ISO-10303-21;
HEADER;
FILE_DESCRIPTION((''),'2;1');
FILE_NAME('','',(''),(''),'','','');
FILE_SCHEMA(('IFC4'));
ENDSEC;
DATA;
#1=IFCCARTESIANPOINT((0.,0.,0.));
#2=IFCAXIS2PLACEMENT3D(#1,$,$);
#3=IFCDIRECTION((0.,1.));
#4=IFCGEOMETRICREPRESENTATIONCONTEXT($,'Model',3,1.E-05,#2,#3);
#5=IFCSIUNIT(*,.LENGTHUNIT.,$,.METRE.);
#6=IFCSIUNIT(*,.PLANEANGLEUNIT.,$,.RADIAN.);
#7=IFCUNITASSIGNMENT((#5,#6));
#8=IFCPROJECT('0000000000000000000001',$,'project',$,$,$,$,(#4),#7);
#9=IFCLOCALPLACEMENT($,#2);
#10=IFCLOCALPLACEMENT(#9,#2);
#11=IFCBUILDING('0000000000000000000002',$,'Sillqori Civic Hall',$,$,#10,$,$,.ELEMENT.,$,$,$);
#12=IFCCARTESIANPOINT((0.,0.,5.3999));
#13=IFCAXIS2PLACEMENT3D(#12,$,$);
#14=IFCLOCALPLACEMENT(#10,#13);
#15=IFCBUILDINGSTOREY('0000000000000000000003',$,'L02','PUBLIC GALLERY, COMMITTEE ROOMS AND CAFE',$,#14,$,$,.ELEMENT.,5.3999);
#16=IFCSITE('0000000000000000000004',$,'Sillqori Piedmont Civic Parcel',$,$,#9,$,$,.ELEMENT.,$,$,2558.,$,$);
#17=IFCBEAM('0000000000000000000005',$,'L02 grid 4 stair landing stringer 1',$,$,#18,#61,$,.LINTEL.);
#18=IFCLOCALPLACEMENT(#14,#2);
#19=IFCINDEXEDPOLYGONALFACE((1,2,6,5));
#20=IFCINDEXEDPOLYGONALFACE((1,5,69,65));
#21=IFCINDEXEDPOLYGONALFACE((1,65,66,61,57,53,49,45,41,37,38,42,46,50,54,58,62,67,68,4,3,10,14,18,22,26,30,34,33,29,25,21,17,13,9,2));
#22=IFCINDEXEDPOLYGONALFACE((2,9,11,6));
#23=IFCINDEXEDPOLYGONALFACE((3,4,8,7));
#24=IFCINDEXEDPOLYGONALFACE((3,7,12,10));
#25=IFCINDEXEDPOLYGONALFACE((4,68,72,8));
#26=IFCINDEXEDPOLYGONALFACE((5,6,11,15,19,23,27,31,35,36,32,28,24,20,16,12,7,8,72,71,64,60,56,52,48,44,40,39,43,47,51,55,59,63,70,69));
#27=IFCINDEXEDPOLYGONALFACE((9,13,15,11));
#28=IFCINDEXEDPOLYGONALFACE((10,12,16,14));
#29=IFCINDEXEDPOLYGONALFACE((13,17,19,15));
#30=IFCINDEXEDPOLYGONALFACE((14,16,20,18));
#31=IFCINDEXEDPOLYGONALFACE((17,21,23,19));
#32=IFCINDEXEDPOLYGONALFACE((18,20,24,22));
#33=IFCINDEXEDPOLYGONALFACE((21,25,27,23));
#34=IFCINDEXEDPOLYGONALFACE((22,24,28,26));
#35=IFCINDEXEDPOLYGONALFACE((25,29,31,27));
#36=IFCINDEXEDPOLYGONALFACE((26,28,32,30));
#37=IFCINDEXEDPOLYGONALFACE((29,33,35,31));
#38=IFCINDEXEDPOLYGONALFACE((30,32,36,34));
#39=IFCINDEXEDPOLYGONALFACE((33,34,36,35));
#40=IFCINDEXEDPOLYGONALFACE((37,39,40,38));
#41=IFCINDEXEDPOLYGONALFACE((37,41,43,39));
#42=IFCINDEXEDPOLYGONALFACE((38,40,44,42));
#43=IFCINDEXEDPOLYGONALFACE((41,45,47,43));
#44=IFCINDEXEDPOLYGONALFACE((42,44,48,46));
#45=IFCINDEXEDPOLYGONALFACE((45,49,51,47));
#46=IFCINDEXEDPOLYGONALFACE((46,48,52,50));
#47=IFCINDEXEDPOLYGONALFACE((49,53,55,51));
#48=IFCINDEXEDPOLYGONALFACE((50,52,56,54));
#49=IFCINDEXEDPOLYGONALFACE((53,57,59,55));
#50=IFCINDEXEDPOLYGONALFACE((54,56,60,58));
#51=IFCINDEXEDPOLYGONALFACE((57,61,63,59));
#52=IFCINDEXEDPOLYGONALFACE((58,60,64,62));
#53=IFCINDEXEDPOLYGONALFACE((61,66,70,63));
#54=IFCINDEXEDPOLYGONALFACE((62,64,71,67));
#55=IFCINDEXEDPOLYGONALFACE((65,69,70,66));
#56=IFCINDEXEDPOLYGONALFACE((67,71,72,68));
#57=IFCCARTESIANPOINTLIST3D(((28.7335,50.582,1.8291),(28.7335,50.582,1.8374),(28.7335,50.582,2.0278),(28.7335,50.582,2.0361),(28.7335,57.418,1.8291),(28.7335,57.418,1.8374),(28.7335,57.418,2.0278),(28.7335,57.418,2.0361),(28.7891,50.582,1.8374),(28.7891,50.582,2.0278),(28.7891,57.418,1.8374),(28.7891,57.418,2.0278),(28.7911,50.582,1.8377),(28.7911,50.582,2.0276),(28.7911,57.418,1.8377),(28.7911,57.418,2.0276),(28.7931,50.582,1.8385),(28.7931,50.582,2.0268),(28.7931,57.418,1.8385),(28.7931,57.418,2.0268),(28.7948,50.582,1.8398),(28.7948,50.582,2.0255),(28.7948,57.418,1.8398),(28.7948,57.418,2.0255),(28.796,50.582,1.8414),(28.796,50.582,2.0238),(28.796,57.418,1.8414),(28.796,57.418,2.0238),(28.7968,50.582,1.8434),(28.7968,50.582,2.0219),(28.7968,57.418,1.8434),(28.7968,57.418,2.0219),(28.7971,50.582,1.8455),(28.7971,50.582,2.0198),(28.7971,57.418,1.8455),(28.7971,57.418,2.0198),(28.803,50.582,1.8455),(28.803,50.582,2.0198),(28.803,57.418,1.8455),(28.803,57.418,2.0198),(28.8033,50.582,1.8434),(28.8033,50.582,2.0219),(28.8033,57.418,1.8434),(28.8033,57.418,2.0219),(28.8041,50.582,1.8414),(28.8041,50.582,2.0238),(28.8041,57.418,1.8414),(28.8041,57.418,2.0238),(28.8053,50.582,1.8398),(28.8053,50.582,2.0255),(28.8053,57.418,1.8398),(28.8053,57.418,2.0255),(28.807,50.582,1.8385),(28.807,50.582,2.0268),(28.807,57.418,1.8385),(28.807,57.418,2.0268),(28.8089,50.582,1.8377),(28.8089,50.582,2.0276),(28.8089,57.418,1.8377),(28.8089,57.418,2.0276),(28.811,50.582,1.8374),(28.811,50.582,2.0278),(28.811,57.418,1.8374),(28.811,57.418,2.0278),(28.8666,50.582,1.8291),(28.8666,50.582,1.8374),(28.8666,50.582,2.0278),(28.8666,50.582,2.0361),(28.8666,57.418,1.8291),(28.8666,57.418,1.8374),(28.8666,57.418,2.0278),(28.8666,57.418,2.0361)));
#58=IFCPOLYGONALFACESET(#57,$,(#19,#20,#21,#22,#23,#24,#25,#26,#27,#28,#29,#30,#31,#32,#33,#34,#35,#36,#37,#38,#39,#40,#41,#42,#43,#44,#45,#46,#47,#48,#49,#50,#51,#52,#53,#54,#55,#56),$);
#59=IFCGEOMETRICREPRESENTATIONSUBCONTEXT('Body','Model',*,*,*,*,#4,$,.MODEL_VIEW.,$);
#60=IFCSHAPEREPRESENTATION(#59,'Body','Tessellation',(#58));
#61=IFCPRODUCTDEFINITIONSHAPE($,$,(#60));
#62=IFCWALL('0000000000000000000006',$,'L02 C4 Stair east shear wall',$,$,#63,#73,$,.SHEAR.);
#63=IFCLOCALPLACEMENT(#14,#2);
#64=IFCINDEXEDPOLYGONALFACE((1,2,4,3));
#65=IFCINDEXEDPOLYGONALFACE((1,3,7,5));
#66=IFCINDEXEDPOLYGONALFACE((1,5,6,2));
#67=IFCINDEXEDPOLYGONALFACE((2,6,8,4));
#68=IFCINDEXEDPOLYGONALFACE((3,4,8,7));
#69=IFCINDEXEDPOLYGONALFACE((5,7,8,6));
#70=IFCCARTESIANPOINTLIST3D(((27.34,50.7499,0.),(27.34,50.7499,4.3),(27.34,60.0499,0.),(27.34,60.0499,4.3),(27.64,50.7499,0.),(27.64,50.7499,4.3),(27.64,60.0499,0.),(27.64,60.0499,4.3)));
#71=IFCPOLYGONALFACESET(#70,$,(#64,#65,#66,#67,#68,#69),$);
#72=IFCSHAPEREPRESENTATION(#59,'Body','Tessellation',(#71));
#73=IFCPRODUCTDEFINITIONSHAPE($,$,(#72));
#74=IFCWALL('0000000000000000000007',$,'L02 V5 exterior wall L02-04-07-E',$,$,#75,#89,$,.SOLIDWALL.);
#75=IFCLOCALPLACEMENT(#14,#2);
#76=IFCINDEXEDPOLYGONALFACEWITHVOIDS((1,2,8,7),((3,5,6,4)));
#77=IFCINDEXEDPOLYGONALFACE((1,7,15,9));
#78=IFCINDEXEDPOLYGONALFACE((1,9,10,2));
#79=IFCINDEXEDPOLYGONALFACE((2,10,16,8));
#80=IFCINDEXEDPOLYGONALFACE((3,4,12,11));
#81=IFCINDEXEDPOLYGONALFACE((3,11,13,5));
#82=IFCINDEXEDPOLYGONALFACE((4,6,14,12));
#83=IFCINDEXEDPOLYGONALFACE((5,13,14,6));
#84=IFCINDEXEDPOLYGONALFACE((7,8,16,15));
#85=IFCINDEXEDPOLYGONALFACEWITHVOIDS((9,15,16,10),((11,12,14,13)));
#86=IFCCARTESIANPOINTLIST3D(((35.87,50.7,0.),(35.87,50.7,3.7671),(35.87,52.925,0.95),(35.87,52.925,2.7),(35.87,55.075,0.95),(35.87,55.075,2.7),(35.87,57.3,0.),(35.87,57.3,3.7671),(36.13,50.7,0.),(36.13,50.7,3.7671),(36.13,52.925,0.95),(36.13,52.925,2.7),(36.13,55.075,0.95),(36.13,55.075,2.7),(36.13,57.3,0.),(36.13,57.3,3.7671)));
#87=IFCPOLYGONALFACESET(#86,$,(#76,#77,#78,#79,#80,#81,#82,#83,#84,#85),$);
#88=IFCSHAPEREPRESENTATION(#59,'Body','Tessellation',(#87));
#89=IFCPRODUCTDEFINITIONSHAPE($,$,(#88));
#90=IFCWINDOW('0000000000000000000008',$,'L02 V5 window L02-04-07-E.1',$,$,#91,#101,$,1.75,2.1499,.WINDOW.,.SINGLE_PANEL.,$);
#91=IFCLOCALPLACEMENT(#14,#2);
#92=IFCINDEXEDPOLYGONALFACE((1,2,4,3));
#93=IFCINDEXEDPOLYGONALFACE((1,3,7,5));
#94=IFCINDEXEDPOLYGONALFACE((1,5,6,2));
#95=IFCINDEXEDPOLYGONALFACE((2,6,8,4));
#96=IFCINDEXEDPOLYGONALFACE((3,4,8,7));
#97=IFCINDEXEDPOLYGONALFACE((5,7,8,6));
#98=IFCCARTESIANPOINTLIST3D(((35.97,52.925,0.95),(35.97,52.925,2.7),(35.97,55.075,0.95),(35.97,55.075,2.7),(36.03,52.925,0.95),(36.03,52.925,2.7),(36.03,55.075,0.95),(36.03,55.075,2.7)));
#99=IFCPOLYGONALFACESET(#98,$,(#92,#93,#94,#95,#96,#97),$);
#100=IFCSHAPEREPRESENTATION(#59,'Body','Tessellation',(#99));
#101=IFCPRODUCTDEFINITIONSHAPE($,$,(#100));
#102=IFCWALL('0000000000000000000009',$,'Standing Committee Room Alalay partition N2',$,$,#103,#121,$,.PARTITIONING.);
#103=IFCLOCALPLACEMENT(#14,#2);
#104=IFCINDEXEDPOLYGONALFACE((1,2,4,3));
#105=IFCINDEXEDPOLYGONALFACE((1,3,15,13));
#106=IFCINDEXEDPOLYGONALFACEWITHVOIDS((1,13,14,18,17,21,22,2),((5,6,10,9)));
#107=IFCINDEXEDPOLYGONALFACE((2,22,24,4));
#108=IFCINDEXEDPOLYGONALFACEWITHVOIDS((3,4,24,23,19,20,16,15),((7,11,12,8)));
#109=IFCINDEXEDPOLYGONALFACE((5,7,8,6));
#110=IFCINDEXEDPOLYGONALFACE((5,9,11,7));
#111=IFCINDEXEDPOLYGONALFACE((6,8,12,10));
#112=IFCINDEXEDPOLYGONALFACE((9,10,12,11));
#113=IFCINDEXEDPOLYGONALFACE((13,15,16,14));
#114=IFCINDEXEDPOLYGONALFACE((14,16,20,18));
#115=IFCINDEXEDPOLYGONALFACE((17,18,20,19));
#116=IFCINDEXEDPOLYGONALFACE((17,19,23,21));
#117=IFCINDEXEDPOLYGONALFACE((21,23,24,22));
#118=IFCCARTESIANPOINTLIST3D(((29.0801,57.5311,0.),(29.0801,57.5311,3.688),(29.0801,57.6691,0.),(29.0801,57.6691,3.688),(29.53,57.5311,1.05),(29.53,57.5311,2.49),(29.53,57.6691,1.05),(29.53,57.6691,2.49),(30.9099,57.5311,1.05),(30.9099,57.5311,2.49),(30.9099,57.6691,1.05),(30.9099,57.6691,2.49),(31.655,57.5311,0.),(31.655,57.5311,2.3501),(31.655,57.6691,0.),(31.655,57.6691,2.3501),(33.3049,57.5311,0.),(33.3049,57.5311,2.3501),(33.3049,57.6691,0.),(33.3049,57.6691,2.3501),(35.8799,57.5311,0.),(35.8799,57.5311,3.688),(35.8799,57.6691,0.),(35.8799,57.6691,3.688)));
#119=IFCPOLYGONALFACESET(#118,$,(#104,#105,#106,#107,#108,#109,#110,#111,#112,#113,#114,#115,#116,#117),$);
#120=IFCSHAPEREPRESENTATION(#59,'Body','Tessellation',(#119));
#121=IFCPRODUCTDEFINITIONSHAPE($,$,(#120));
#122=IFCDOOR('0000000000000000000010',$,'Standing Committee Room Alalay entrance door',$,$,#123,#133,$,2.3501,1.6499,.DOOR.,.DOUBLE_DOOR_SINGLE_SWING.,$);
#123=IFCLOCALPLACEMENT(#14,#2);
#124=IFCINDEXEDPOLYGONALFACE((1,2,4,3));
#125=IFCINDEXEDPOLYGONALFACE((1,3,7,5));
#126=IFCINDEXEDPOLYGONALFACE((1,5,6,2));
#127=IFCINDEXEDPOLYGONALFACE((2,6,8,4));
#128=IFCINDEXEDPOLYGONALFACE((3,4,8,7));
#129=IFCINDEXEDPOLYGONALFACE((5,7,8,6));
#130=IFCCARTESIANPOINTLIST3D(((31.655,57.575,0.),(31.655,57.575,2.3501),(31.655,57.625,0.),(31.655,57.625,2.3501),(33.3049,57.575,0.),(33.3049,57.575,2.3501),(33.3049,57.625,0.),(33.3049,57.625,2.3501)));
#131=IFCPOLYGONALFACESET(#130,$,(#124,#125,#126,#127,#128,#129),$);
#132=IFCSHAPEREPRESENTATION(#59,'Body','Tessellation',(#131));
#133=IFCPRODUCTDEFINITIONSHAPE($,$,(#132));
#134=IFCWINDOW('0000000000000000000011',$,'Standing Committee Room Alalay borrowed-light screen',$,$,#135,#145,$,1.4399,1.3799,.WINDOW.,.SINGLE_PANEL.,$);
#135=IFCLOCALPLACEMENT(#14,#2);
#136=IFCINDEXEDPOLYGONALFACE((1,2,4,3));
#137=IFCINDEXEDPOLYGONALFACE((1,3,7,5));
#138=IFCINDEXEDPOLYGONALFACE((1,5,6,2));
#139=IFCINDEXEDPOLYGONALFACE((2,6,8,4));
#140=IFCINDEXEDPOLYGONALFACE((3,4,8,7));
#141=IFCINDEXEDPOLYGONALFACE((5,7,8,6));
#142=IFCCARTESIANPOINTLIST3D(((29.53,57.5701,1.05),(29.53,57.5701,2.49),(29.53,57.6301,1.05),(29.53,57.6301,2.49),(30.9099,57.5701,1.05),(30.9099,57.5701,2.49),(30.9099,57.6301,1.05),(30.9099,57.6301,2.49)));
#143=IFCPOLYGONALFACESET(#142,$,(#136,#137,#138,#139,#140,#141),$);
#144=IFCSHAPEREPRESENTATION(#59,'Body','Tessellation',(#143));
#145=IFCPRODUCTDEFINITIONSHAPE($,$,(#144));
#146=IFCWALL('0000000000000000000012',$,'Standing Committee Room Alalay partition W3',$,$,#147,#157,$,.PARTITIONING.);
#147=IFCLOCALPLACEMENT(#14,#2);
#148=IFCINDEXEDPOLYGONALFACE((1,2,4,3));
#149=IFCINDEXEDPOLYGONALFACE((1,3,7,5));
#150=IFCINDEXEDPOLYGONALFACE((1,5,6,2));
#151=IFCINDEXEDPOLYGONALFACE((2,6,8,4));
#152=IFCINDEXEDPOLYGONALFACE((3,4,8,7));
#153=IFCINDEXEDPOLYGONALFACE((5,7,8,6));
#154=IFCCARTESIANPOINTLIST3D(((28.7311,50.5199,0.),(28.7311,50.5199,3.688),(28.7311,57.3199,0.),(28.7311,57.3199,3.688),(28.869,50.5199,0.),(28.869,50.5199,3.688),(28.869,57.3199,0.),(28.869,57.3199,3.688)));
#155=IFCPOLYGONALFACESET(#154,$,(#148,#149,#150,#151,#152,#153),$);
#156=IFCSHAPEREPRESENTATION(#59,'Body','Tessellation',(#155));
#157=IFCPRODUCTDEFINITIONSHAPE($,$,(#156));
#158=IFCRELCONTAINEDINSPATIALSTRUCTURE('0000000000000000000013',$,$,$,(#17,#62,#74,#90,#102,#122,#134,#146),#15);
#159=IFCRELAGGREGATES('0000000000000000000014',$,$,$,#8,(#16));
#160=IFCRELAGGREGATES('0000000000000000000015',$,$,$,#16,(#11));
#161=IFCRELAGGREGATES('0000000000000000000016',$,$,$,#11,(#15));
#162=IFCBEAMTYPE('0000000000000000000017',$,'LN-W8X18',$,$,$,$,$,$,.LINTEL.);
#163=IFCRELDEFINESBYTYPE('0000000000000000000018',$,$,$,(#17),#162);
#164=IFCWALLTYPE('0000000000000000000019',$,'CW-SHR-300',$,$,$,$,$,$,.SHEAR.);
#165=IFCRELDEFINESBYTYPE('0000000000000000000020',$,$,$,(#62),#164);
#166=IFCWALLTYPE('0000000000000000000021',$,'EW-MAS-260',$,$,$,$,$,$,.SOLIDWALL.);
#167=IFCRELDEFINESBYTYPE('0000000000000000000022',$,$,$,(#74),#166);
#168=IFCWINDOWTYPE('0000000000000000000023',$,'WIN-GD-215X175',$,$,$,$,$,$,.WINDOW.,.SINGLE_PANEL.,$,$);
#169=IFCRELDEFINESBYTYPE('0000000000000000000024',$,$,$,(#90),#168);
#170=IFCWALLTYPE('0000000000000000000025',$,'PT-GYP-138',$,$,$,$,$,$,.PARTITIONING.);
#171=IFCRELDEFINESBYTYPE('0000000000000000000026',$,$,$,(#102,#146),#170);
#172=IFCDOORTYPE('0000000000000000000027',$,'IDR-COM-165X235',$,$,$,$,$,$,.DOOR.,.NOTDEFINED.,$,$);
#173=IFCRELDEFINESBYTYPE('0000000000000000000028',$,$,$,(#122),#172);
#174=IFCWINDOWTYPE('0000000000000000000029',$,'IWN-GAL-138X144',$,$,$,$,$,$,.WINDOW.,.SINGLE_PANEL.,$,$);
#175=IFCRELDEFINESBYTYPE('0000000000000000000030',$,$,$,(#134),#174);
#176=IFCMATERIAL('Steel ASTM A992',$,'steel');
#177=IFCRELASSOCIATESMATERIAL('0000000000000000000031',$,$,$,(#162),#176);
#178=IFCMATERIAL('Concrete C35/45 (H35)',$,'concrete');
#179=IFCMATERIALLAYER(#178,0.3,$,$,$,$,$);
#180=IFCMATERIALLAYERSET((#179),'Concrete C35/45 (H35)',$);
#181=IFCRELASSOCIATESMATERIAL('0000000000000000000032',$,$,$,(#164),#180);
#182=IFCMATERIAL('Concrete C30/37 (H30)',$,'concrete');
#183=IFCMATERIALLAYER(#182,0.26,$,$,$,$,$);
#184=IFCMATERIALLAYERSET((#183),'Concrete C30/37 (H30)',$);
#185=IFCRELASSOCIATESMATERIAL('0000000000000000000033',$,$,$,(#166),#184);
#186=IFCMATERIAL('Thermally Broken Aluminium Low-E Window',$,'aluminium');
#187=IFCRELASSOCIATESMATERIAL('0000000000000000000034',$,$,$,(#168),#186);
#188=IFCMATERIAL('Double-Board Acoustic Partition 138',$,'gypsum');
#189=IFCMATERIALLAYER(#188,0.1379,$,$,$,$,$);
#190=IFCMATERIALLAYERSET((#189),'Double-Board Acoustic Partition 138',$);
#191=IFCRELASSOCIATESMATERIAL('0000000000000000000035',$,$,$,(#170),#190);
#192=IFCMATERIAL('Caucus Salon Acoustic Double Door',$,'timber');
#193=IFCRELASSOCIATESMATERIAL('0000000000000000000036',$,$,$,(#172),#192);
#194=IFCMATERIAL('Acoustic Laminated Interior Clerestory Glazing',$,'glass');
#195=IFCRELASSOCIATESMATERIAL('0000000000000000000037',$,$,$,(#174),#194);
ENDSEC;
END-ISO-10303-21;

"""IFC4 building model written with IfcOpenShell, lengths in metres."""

from ifc_helpers import new_model, si_unit, direction, frame, frame_2d, origin, origin_2d, place, context, subcontext, project, spatial, rectangle, i_section, extrude, material, layer, layer_set, material_profile, profile_set, type_object, element, fill, save


model = new_model("IFC4")

# Units and contexts
model_context = context("Model", 3, precision=1e-05, world=origin(), true_north=direction((0.0, 1.0)))
body_context = subcontext(model_context, "Body", "Model", "MODEL_VIEW")
ifc_project = project(units=[si_unit("LENGTHUNIT", "METRE"), si_unit("PLANEANGLEUNIT", "RADIAN")], contexts=[model_context])

# Site, building, storey
site_placement = place(None, origin())
site = spatial("IfcSite", under=ifc_project, at=site_placement, Name="Sillqori Piedmont Civic Parcel", CompositionType="ELEMENT", RefElevation=2558.0)
building_placement = place(site_placement, origin())
building = spatial("IfcBuilding", under=site, at=building_placement, Name="Sillqori Civic Hall", CompositionType="ELEMENT")
storey_placement = place(building_placement, frame((0.0, 0.0, 5.3999)))
storey = spatial("IfcBuildingStorey", under=building, at=storey_placement, Name="L02", Description="PUBLIC GALLERY, COMMITTEE ROOMS AND CAFE", CompositionType="ELEMENT", Elevation=5.3999)

# Shared definitions
ifc_material_1 = material(Name="Concrete C35/45 (H35)", Category="concrete")
ifc_material_2 = material(Name="Steel ASTM A992", Category="steel")

# Beam
ifc_material_profile_1 = material_profile(ifc_material_2, i_section(OverallWidth=0.1331, OverallDepth=0.207, WebThickness=0.0059, FlangeThickness=0.0083, FilletRadius=0.0081, at=origin_2d()), Name="W8X18")
ifc_profile_set_1 = profile_set([ifc_material_profile_1], Name="Steel ASTM A992")
beam_type_1 = type_object("IfcBeamType", Name="LN-W8X18", PredefinedType="LINTEL", material=ifc_profile_set_1)
beam_1_placement = place(storey_placement, frame((28.8, 50.582, 1.9326), z_axis=(0.0, 1.0, 0.0), x_axis=(-1.0, 0.0, 0.0)))
element("IfcBeam", 1, at=beam_1_placement, inside=storey, type_object=beam_type_1, Name="L02 grid 4 stair landing stringer 1", PredefinedType="LINTEL", context=body_context, shape_type="SweptSolid", body=[
    extrude(i_section(OverallWidth=0.1331, OverallDepth=0.207, WebThickness=0.0059, FlangeThickness=0.0083, FilletRadius=0.0081, at=origin_2d()), origin(), (0.0, 0.0, 1.0), 6.8359),
])

# Wall
ifc_layer_1 = layer(ifc_material_1, 0.3)
ifc_layer_set_1 = layer_set([ifc_layer_1], Name="Concrete C35/45 (H35)")
wall_type_1 = type_object("IfcWallType", Name="CW-SHR-300", PredefinedType="SHEAR", material=ifc_layer_set_1)
wall_1_placement = place(storey_placement, frame((27.49, 50.75, 0.0), z_axis=(0.0, 0.0, 1.0), x_axis=(0.0, 1.0, 0.0)))
element("IfcWall", 2, at=wall_1_placement, inside=storey, type_object=wall_type_1, Name="L02 C4 Stair east shear wall", PredefinedType="SHEAR", context=body_context, shape_type="SweptSolid", body=[
    extrude(rectangle(XDim=9.3, YDim=0.3, at=frame_2d((4.6499, 0.0))), origin(), (0.0, 0.0, 1.0), 4.3),
])

# Wall, opening, window
ifc_material_3 = material(Name="Concrete C30/37 (H30)", Category="concrete")
ifc_layer_2 = layer(ifc_material_3, 0.26)
ifc_layer_set_2 = layer_set([ifc_layer_2], Name="Concrete C30/37 (H30)")
wall_type_2 = type_object("IfcWallType", Name="EW-MAS-260", PredefinedType="SOLIDWALL", material=ifc_layer_set_2)
wall_2_placement = place(storey_placement, frame((36.0, 57.3, 0.0), z_axis=(0.0, 0.0, 1.0), x_axis=(0.0, -1.0, 0.0)))
wall_2 = element("IfcWall", 3, at=wall_2_placement, inside=storey, type_object=wall_type_2, Name="L02 V5 exterior wall L02-04-07-E", PredefinedType="SOLIDWALL", context=body_context, shape_type="SweptSolid", body=[
    extrude(rectangle(XDim=6.6001, YDim=0.26, at=frame_2d((3.3, 0.0))), origin(), (0.0, 0.0, 1.0), 3.7671),
])
opening_1_placement = place(wall_2_placement, frame((2.2251, 0.0, 0.95)))
opening_1 = element("IfcOpeningElement", 4, at=opening_1_placement, cuts=wall_2, PredefinedType="OPENING", context=body_context, shape_type="SweptSolid", body=[
    extrude(rectangle(XDim=2.1499, YDim=1.75, at=frame_2d((1.075, 0.875))), frame((0.0, 0.1399, 0.0), z_axis=(0.0, -1.0, 0.0), x_axis=(1.0, 0.0, 0.0)), (0.0, 0.0, 1.0), 0.28),
])
ifc_material_4 = material(Name="Thermally Broken Aluminium Low-E Window", Category="aluminium")
window_type_1 = type_object("IfcWindowType", Name="WIN-GD-215X175", PartitioningType="SINGLE_PANEL", PredefinedType="WINDOW", material=ifc_material_4)
window_1_placement = place(opening_1_placement, origin())
window_1 = element("IfcWindow", 5, at=window_1_placement, inside=storey, type_object=window_type_1, Name="L02 V5 window L02-04-07-E.1", OverallHeight=1.75, OverallWidth=2.1499, PartitioningType="SINGLE_PANEL", PredefinedType="WINDOW", context=body_context, shape_type="SweptSolid", body=[
    extrude(rectangle(XDim=2.1499, YDim=1.75, at=frame_2d((1.075, 0.875))), frame((0.0, 0.03, 0.0), z_axis=(0.0, -1.0, 0.0), x_axis=(1.0, 0.0, 0.0)), (0.0, 0.0, 1.0), 0.0601),
])
fill(opening_1, window_1)

# Wall, openings, door, window
ifc_material_5 = material(Name="Double-Board Acoustic Partition 138", Category="gypsum")
ifc_layer_3 = layer(ifc_material_5, 0.1379)
ifc_layer_set_3 = layer_set([ifc_layer_3], Name="Double-Board Acoustic Partition 138")
wall_type_3 = type_object("IfcWallType", Name="PT-GYP-138", PredefinedType="PARTITIONING", material=ifc_layer_set_3)
wall_3_placement = place(storey_placement, frame((29.0801, 57.6001, 0.0), z_axis=(0.0, 0.0, 1.0), x_axis=(1.0, 0.0, 0.0)))
wall_3 = element("IfcWall", 6, at=wall_3_placement, inside=storey, type_object=wall_type_3, Name="Standing Committee Room Alalay partition N2", PredefinedType="PARTITIONING", context=body_context, shape_type="SweptSolid", body=[
    extrude(rectangle(XDim=6.7998, YDim=0.1379, at=frame_2d((3.3999, 0.0))), origin(), (0.0, 0.0, 1.0), 3.688),
])
opening_2_placement = place(wall_3_placement, frame((2.575, 0.0, 0.0)))
opening_2 = element("IfcOpeningElement", 7, at=opening_2_placement, cuts=wall_3, PredefinedType="OPENING", context=body_context, shape_type="SweptSolid", body=[
    extrude(rectangle(XDim=1.6499, YDim=2.3501, at=frame_2d((0.825, 1.175))), frame((0.0, 0.0789, 0.0), z_axis=(0.0, -1.0, 0.0), x_axis=(1.0, 0.0, 0.0)), (0.0, 0.0, 1.0), 0.158),
])
opening_3_placement = place(wall_3_placement, frame((0.45, 0.0, 1.05)))
opening_3 = element("IfcOpeningElement", 8, at=opening_3_placement, cuts=wall_3, PredefinedType="OPENING", context=body_context, shape_type="SweptSolid", body=[
    extrude(rectangle(XDim=1.3799, YDim=1.4399, at=frame_2d((0.6899, 0.72))), frame((0.0, 0.0789, 0.0), z_axis=(0.0, -1.0, 0.0), x_axis=(1.0, 0.0, 0.0)), (0.0, 0.0, 1.0), 0.158),
])
ifc_material_6 = material(Name="Caucus Salon Acoustic Double Door", Category="timber")
door_type = type_object("IfcDoorType", Name="IDR-COM-165X235", OperationType="NOTDEFINED", PredefinedType="DOOR", material=ifc_material_6)
door_placement = place(opening_2_placement, origin())
door = element("IfcDoor", 9, at=door_placement, inside=storey, type_object=door_type, Name="Standing Committee Room Alalay entrance door", OperationType="DOUBLE_DOOR_SINGLE_SWING", OverallHeight=2.3501, OverallWidth=1.6499, PredefinedType="DOOR", context=body_context, shape_type="SweptSolid", body=[
    extrude(rectangle(XDim=1.6499, YDim=2.3501, at=frame_2d((0.825, 1.175))), frame((0.0, 0.0249, 0.0), z_axis=(0.0, -1.0, 0.0), x_axis=(1.0, 0.0, 0.0)), (0.0, 0.0, 1.0), 0.05),
])
fill(opening_2, door)
ifc_material_7 = material(Name="Acoustic Laminated Interior Clerestory Glazing", Category="glass")
window_type_2 = type_object("IfcWindowType", Name="IWN-GAL-138X144", PartitioningType="SINGLE_PANEL", PredefinedType="WINDOW", material=ifc_material_7)
window_2_placement = place(opening_3_placement, origin())
window_2 = element("IfcWindow", 10, at=window_2_placement, inside=storey, type_object=window_type_2, Name="Standing Committee Room Alalay borrowed-light screen", OverallHeight=1.4399, OverallWidth=1.3799, PartitioningType="SINGLE_PANEL", PredefinedType="WINDOW", context=body_context, shape_type="SweptSolid", body=[
    extrude(rectangle(XDim=1.3799, YDim=1.4399, at=frame_2d((0.6899, 0.72))), frame((0.0, 0.03, 0.0), z_axis=(0.0, -1.0, 0.0), x_axis=(1.0, 0.0, 0.0)), (0.0, 0.0, 1.0), 0.0601),
])
fill(opening_3, window_2)

# Wall
wall_4_placement = place(storey_placement, frame((28.8, 50.52, 0.0), z_axis=(0.0, 0.0, 1.0), x_axis=(0.0, 1.0, 0.0)))
element("IfcWall", 11, at=wall_4_placement, inside=storey, type_object=wall_type_3, Name="Standing Committee Room Alalay partition W3", PredefinedType="PARTITIONING", context=body_context, shape_type="SweptSolid", body=[
    extrude(rectangle(XDim=6.8, YDim=0.1379, at=frame_2d((3.3999, 0.0))), origin(), (0.0, 0.0, 1.0), 3.688),
])

save(model, "model.ifc")
